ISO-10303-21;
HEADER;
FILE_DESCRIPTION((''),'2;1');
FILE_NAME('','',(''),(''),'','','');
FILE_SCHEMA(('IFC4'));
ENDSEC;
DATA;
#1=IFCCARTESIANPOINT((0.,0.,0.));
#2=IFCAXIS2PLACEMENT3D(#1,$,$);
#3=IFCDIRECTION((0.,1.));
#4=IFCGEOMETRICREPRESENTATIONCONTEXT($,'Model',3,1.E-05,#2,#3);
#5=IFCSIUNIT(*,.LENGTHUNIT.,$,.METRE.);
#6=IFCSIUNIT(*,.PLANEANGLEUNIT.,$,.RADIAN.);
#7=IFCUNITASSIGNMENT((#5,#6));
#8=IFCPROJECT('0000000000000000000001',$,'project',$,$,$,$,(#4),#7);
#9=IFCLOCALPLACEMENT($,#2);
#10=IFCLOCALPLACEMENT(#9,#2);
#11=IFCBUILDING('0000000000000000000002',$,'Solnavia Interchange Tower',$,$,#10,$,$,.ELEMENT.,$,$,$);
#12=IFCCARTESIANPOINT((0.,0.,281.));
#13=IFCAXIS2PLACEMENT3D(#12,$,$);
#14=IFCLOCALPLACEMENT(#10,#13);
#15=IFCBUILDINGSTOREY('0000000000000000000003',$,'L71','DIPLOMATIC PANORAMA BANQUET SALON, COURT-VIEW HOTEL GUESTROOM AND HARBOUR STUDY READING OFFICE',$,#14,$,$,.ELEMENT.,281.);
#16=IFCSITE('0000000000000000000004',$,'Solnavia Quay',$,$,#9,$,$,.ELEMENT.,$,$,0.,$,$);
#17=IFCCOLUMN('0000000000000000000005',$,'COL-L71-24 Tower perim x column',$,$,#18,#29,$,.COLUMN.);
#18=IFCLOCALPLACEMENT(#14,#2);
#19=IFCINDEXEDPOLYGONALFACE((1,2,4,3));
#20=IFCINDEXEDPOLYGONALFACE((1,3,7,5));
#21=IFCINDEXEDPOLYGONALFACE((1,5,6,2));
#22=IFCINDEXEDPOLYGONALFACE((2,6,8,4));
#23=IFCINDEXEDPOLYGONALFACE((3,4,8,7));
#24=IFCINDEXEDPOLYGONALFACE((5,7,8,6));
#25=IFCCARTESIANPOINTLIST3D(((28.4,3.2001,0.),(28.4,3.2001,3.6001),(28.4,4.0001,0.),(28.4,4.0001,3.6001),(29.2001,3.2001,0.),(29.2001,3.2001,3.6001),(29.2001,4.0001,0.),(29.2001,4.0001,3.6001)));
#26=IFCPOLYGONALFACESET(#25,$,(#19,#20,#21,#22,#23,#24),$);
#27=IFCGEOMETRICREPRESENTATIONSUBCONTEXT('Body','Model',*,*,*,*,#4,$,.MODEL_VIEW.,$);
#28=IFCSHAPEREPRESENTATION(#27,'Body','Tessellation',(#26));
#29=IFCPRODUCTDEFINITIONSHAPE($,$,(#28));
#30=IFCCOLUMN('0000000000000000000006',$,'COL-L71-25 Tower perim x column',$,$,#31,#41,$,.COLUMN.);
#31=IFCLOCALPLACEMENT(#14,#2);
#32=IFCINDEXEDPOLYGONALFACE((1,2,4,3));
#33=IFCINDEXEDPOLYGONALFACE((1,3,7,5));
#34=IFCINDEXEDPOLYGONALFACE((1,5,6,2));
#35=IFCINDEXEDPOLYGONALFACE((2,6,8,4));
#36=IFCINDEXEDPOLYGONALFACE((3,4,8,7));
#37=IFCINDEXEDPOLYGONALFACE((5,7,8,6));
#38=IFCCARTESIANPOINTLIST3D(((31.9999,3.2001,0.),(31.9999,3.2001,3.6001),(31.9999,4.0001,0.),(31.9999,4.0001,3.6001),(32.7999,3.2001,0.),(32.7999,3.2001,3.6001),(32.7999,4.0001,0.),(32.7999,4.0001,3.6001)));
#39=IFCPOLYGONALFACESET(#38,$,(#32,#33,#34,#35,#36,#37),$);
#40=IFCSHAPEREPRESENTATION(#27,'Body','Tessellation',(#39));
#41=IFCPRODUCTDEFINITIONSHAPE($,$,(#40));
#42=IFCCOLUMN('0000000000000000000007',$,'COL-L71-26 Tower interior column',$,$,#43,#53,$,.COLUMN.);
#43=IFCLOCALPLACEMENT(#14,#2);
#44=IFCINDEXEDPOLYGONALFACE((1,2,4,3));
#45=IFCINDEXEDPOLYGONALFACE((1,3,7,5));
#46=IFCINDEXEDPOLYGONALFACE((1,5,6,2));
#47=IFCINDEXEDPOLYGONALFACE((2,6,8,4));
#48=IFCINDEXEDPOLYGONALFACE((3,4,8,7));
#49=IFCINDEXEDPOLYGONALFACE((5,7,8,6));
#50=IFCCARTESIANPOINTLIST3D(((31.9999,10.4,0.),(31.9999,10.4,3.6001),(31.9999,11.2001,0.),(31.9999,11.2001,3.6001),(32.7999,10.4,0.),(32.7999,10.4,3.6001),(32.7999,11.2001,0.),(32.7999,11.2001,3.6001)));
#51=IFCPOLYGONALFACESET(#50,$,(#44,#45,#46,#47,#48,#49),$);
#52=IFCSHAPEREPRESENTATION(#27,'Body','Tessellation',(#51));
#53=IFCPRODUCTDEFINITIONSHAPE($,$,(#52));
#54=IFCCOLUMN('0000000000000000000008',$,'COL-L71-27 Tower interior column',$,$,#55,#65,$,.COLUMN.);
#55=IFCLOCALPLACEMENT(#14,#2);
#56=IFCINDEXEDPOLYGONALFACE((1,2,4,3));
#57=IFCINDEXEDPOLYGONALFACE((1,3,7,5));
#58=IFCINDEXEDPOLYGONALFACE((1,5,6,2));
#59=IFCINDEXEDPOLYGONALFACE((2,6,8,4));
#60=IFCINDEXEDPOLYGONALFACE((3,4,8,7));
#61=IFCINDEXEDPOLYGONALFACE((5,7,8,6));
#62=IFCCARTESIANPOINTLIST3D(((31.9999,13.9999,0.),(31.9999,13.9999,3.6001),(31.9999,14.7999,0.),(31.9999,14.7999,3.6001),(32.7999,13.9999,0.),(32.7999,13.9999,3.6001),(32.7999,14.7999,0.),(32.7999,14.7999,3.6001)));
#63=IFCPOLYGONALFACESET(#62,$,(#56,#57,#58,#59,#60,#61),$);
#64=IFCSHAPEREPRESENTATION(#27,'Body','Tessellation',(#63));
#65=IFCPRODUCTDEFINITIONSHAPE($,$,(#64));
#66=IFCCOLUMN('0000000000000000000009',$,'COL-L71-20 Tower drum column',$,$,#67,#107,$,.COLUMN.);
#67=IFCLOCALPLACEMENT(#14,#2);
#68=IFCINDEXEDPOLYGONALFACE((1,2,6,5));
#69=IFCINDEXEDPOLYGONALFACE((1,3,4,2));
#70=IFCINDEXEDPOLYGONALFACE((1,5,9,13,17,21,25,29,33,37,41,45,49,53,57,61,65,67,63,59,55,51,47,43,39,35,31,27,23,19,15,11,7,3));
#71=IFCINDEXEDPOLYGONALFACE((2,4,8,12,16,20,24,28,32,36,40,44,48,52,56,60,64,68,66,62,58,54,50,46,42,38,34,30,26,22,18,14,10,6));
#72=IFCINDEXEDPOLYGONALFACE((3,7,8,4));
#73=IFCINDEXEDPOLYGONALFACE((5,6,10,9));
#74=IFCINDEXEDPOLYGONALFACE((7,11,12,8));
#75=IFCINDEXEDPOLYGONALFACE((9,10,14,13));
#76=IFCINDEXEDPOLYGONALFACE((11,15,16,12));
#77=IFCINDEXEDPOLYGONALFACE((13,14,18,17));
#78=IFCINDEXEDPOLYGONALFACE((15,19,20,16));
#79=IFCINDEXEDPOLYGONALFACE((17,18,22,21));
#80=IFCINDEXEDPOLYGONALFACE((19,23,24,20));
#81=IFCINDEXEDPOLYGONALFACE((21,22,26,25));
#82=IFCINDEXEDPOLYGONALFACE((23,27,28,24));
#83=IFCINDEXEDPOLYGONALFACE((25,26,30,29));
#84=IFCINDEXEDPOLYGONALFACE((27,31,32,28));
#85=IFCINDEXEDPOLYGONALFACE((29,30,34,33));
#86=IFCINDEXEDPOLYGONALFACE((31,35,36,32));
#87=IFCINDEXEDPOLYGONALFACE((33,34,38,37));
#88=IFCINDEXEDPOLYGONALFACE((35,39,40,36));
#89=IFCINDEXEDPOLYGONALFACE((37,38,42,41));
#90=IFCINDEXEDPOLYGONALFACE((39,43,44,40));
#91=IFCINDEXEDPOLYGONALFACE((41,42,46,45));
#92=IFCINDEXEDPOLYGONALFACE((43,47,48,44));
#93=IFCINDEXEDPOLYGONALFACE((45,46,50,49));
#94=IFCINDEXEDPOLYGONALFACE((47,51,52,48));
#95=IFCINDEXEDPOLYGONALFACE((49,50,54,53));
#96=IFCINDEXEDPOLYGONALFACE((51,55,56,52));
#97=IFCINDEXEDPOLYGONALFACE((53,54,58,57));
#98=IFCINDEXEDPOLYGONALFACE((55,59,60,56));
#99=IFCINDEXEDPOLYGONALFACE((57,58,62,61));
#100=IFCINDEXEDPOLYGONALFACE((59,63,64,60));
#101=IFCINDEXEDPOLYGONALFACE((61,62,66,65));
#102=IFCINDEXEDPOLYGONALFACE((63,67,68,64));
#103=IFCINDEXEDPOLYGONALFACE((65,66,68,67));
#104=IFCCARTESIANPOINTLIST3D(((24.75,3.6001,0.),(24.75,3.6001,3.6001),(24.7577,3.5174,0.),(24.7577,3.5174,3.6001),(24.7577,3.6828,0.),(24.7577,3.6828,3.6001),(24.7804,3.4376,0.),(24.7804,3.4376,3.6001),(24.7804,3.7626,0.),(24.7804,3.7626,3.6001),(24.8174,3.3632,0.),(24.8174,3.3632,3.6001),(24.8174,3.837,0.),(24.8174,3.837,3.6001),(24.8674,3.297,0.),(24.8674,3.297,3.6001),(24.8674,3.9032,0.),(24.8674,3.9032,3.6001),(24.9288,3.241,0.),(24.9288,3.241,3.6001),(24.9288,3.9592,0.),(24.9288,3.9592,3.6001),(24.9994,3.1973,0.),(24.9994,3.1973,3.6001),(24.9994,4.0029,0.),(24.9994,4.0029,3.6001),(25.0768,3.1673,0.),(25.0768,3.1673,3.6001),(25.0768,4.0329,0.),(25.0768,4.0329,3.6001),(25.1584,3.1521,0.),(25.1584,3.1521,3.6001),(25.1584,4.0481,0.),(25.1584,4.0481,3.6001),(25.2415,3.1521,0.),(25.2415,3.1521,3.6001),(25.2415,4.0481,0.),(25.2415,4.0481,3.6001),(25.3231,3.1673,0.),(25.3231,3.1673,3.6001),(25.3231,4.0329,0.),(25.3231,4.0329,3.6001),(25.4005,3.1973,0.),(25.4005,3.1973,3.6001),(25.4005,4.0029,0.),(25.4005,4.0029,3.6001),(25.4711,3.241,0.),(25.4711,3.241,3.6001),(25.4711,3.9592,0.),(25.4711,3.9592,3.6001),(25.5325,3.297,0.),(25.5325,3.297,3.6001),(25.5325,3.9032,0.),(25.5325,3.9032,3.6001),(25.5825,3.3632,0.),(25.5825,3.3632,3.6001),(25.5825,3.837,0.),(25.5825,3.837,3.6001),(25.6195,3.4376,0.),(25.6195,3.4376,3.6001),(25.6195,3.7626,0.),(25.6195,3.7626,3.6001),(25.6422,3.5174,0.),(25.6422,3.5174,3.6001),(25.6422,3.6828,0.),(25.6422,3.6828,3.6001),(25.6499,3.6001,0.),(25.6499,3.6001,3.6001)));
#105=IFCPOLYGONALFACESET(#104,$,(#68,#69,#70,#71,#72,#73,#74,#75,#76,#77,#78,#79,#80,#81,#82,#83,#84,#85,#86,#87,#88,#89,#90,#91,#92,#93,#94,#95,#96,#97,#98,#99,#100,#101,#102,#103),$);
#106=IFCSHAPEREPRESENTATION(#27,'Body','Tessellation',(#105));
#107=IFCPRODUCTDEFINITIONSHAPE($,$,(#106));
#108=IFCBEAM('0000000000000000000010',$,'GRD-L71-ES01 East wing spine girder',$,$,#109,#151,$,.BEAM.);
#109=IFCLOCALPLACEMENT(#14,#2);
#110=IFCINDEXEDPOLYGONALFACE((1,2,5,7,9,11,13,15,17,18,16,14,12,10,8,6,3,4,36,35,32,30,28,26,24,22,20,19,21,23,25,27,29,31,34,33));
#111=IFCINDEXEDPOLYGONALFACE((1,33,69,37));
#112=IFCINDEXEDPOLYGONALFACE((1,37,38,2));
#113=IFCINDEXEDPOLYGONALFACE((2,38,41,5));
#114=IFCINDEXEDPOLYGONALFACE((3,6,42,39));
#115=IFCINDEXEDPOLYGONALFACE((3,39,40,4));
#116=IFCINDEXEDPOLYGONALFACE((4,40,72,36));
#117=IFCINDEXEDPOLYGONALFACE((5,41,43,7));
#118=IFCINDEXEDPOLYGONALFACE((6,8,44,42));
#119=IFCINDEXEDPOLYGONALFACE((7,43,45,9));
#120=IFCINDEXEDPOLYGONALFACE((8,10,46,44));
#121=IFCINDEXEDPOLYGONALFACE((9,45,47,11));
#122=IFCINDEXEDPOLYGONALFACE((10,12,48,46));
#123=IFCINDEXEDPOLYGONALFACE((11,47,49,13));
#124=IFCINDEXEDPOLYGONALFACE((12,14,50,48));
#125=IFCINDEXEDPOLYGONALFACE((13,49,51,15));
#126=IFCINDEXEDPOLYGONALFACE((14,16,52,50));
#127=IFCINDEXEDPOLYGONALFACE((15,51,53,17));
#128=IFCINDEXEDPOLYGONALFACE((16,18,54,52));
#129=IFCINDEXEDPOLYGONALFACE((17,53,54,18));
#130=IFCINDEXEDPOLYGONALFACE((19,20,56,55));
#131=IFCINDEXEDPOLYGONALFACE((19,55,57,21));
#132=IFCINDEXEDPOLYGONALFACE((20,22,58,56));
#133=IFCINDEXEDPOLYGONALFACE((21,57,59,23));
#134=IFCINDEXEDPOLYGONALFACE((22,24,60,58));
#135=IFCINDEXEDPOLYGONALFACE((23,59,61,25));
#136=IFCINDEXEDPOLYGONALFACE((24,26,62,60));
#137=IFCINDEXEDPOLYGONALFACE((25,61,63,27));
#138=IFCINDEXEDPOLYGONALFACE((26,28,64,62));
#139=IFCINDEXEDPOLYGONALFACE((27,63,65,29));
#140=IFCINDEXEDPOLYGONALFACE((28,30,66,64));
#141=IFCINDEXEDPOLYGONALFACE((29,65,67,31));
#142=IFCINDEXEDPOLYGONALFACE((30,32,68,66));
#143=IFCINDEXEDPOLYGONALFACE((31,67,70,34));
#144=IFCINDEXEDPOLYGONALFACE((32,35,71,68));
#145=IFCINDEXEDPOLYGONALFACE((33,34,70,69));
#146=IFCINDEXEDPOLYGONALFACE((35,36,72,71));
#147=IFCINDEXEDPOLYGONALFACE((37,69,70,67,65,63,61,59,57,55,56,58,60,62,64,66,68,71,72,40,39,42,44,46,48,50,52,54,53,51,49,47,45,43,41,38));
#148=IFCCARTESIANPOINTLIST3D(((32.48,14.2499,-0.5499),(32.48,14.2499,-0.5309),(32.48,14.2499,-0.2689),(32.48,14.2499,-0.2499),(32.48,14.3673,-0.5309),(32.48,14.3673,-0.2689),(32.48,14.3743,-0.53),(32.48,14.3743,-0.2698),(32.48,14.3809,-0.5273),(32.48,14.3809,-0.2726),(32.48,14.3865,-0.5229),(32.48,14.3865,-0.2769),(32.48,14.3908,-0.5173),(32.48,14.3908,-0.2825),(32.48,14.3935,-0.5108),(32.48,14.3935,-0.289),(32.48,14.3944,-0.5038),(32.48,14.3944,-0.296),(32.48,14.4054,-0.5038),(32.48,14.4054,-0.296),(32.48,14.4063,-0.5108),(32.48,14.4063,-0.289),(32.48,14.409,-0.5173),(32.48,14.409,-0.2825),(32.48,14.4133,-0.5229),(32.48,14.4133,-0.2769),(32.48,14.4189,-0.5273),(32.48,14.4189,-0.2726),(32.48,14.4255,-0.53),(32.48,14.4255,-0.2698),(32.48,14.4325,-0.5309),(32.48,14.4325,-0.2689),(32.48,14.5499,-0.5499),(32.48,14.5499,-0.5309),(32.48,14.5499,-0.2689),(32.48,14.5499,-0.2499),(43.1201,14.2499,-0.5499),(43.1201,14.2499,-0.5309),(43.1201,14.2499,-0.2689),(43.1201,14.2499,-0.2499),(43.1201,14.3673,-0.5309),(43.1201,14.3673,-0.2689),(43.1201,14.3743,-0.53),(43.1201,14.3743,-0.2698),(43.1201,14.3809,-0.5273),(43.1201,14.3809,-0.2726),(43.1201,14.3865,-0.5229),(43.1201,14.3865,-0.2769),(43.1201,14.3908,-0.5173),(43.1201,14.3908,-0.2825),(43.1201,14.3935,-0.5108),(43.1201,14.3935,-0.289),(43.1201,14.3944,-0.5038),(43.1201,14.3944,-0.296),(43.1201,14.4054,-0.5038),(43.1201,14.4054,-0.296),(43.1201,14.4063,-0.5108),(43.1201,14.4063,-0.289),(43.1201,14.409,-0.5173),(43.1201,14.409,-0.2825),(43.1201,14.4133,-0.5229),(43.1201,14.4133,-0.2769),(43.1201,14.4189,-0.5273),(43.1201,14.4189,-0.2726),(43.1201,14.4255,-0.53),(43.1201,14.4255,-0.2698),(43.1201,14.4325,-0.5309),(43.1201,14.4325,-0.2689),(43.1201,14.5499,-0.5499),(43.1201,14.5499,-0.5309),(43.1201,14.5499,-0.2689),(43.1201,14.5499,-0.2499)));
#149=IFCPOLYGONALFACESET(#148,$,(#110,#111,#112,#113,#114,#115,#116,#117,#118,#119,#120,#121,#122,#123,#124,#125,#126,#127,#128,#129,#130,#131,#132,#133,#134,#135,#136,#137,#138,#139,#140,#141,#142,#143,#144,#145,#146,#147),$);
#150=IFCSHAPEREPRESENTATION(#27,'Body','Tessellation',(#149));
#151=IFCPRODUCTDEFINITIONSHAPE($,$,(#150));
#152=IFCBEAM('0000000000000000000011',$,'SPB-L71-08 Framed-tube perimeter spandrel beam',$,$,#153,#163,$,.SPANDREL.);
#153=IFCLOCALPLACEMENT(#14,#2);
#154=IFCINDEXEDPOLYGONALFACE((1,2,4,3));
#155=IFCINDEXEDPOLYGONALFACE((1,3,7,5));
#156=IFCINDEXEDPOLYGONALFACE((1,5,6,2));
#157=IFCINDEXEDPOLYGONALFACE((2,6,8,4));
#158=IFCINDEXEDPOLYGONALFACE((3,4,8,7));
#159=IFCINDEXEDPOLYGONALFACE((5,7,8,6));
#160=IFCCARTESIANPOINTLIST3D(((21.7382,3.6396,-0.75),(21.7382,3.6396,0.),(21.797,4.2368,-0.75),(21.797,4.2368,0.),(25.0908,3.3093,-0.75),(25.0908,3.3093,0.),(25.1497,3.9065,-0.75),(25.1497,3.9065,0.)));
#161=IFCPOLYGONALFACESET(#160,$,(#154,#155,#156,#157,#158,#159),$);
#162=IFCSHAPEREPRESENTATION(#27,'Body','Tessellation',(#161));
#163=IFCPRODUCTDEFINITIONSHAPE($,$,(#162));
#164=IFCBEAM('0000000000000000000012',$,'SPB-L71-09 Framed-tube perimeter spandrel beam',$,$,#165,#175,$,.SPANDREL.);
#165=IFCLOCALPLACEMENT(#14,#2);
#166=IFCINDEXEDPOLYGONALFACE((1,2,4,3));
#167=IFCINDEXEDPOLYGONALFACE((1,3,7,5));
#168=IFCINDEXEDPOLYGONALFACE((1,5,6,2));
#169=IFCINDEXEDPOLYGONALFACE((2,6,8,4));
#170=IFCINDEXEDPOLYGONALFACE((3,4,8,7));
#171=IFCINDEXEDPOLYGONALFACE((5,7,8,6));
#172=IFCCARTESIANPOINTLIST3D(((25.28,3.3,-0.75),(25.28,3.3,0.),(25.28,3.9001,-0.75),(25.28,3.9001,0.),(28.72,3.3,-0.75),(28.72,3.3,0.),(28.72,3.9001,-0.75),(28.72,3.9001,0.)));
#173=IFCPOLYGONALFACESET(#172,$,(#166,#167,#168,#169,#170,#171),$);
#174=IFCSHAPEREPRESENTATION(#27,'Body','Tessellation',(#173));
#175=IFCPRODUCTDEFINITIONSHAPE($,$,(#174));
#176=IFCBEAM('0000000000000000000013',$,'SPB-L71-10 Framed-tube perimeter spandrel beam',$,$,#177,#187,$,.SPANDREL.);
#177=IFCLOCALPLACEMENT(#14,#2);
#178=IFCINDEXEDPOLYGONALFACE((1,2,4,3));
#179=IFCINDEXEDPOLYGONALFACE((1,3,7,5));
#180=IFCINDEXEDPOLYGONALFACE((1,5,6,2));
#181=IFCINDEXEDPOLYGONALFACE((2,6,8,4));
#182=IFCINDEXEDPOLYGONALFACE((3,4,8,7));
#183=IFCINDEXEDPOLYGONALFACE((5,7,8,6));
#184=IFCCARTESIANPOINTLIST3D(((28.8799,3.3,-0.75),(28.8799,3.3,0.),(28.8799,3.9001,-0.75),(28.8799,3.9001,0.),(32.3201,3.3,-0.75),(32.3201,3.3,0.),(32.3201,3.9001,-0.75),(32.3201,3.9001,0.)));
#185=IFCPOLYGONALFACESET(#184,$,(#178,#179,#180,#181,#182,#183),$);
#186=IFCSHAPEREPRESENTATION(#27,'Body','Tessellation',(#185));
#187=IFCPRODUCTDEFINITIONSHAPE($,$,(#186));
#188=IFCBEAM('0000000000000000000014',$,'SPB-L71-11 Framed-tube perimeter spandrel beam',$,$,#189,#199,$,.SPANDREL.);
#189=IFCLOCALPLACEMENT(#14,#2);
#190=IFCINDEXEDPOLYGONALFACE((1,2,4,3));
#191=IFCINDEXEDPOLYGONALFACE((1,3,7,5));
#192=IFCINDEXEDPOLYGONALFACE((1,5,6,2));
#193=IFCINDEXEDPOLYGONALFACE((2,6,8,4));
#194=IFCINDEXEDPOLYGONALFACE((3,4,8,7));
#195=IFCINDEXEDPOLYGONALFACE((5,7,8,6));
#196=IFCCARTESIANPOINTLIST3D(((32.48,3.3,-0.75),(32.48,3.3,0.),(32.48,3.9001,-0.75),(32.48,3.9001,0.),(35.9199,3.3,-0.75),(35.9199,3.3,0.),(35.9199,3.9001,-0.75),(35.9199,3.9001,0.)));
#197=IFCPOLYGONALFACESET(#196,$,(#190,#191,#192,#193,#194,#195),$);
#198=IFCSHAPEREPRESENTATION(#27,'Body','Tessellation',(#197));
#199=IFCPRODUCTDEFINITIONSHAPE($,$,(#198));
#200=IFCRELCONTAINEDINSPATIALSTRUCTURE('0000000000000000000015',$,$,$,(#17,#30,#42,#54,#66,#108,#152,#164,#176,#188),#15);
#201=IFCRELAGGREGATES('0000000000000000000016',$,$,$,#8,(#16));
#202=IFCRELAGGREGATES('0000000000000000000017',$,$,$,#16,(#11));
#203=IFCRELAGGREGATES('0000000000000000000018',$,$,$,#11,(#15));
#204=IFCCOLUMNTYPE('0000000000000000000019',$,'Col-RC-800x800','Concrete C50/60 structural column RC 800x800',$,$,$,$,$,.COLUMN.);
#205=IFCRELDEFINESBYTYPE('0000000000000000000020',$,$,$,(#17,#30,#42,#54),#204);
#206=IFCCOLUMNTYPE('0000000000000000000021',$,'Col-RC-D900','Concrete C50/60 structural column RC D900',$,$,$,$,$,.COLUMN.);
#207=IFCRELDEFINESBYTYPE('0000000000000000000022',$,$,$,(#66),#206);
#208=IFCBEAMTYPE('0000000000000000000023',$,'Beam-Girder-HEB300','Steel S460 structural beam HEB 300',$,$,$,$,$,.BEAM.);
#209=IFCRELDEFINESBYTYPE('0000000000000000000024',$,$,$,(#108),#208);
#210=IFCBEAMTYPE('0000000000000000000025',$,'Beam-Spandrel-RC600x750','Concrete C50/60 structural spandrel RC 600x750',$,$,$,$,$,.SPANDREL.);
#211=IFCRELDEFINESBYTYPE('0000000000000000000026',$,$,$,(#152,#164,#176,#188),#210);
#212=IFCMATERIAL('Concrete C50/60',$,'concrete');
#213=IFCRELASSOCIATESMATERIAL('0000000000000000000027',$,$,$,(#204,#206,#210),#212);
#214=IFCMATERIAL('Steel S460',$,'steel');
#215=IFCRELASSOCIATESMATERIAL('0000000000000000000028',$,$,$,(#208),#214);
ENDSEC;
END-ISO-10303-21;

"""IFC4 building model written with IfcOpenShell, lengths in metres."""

from ifc_helpers import new_model, si_unit, direction, frame, origin, origin_2d, place, context, subcontext, project, spatial, rectangle, circle, i_section, extrude, material, material_profile, profile_set, type_object, element, save


model = new_model("IFC4")

# Units and contexts
model_context = context("Model", 3, precision=1e-05, world=origin(), true_north=direction((0.0, 1.0)))
body_context = subcontext(model_context, "Body", "Model", "MODEL_VIEW")
ifc_project = project(units=[si_unit("LENGTHUNIT", "METRE"), si_unit("PLANEANGLEUNIT", "RADIAN")], contexts=[model_context])

# Site, building, storey
site_placement = place(None, origin())
site = spatial("IfcSite", under=ifc_project, at=site_placement, Name="Solnavia Quay", CompositionType="ELEMENT", RefElevation=0.0)
building_placement = place(site_placement, origin())
building = spatial("IfcBuilding", under=site, at=building_placement, Name="Solnavia Interchange Tower", CompositionType="ELEMENT")
storey_placement = place(building_placement, frame((0.0, 0.0, 281.0)))
storey = spatial("IfcBuildingStorey", under=building, at=storey_placement, Name="L71", Description="DIPLOMATIC PANORAMA BANQUET SALON, COURT-VIEW HOTEL GUESTROOM AND HARBOUR STUDY READING OFFICE", CompositionType="ELEMENT", Elevation=281.0)

# Columns
ifc_material_1 = material(Name="Concrete C50/60", Category="concrete")
ifc_material_profile_1 = material_profile(ifc_material_1, rectangle(XDim=0.8, YDim=0.8, at=origin_2d()), Name="RC 800x800")
ifc_profile_set_1 = profile_set([ifc_material_profile_1], Name="Concrete C50/60")
column_type_1 = type_object("IfcColumnType", Name="Col-RC-800x800", Description="Concrete C50/60 structural column RC 800x800", PredefinedType="COLUMN", material=ifc_profile_set_1)
for number, where, z_axis, x_axis, name in (
    (1, (28.8, 3.6001, 0.0), (0.0, 0.0, 1.0), (1.0, 0.0, 0.0), "COL-L71-24 Tower perim x column"),
    (2, (32.3999, 3.6001, 0.0), (0.0, 0.0, 1.0), (1.0, 0.0, 0.0), "COL-L71-25 Tower perim x column"),
    (3, (32.3999, 10.8, 0.0), (0.0, 0.0, 1.0), (1.0, 0.0, 0.0), "COL-L71-26 Tower interior column"),
    (4, (32.3999, 14.3999, 0.0), (0.0, 0.0, 1.0), (1.0, 0.0, 0.0), "COL-L71-27 Tower interior column"),
):
    element("IfcColumn", number, at=place(storey_placement, frame(where, z_axis=z_axis, x_axis=x_axis)), inside=storey, type_object=column_type_1, Name=name, PredefinedType="COLUMN", context=body_context, shape_type="SweptSolid", body=[
        extrude(rectangle(XDim=0.8, YDim=0.8, at=origin_2d()), origin(), (0.0, 0.0, 1.0), 3.6001),
    ])
ifc_material_profile_2 = material_profile(ifc_material_1, circle(Radius=0.45, at=origin_2d()), Name="RC D900")
ifc_profile_set_2 = profile_set([ifc_material_profile_2], Name="Concrete C50/60")
column_type_2 = type_object("IfcColumnType", Name="Col-RC-D900", Description="Concrete C50/60 structural column RC D900", PredefinedType="COLUMN", material=ifc_profile_set_2)
column_placement = place(storey_placement, frame((25.2, 3.6001, 0.0), z_axis=(0.0, 0.0, 1.0), x_axis=(1.0, 0.0, 0.0)))
element("IfcColumn", 5, at=column_placement, inside=storey, type_object=column_type_2, Name="COL-L71-20 Tower drum column", PredefinedType="COLUMN", context=body_context, shape_type="SweptSolid", body=[
    extrude(circle(Radius=0.45, at=origin_2d()), origin(), (0.0, 0.0, 1.0), 3.6001),
])

# Beams
ifc_material_2 = material(Name="Steel S460", Category="steel")
ifc_material_profile_3 = material_profile(ifc_material_2, i_section(OverallWidth=0.3, OverallDepth=0.3, WebThickness=0.011, FlangeThickness=0.019, FilletRadius=0.0271, at=origin_2d()), Name="HEB 300")
ifc_profile_set_3 = profile_set([ifc_material_profile_3], Name="Steel S460")
beam_type_1 = type_object("IfcBeamType", Name="Beam-Girder-HEB300", Description="Steel S460 structural beam HEB 300", PredefinedType="BEAM", material=ifc_profile_set_3)
beam_1_placement = place(storey_placement, frame((32.48, 14.3999, -0.3999), z_axis=(1.0, 0.0, 0.0), x_axis=(0.0, 1.0, 0.0)))
element("IfcBeam", 6, at=beam_1_placement, inside=storey, type_object=beam_type_1, Name="GRD-L71-ES01 East wing spine girder", PredefinedType="BEAM", context=body_context, shape_type="SweptSolid", body=[
    extrude(i_section(OverallWidth=0.3, OverallDepth=0.3, WebThickness=0.011, FlangeThickness=0.019, FilletRadius=0.0271, at=origin_2d()), origin(), (0.0, 0.0, 1.0), 10.6401),
])
ifc_material_profile_4 = material_profile(ifc_material_1, rectangle(XDim=0.6001, YDim=0.75, at=origin_2d()), Name="RC 600x750")
ifc_profile_set_4 = profile_set([ifc_material_profile_4], Name="Concrete C50/60")
beam_type_2 = type_object("IfcBeamType", Name="Beam-Spandrel-RC600x750", Description="Concrete C50/60 structural spandrel RC 600x750", PredefinedType="SPANDREL", material=ifc_profile_set_4)
beam_2_placement = place(storey_placement, frame((21.7676, 3.9382, -0.375), z_axis=(0.995182, -0.098047, 0.0), x_axis=(0.098047, 0.995182, 0.0)))
element("IfcBeam", 7, at=beam_2_placement, inside=storey, type_object=beam_type_2, Name="SPB-L71-08 Framed-tube perimeter spandrel beam", PredefinedType="SPANDREL", context=body_context, shape_type="SweptSolid", body=[
    extrude(rectangle(XDim=0.6001, YDim=0.75, at=origin_2d()), origin(), (0.0, 0.0, 1.0), 3.3689),
])
beam_3_placement = place(storey_placement, frame((25.28, 3.6001, -0.375), z_axis=(1.0, 0.0, 0.0), x_axis=(0.0, 1.0, 0.0)))
element("IfcBeam", 8, at=beam_3_placement, inside=storey, type_object=beam_type_2, Name="SPB-L71-09 Framed-tube perimeter spandrel beam", PredefinedType="SPANDREL", context=body_context, shape_type="SweptSolid", body=[
    extrude(rectangle(XDim=0.6001, YDim=0.75, at=origin_2d()), origin(), (0.0, 0.0, 1.0), 3.4399),
])
beam_4_placement = place(storey_placement, frame((28.8799, 3.6001, -0.375), z_axis=(1.0, 0.0, 0.0), x_axis=(0.0, 1.0, 0.0)))
element("IfcBeam", 9, at=beam_4_placement, inside=storey, type_object=beam_type_2, Name="SPB-L71-10 Framed-tube perimeter spandrel beam", PredefinedType="SPANDREL", context=body_context, shape_type="SweptSolid", body=[
    extrude(rectangle(XDim=0.6001, YDim=0.75, at=origin_2d()), origin(), (0.0, 0.0, 1.0), 3.4402),
])
beam_5_placement = place(storey_placement, frame((32.48, 3.6001, -0.375), z_axis=(1.0, 0.0, 0.0), x_axis=(0.0, 1.0, 0.0)))
element("IfcBeam", 10, at=beam_5_placement, inside=storey, type_object=beam_type_2, Name="SPB-L71-11 Framed-tube perimeter spandrel beam", PredefinedType="SPANDREL", context=body_context, shape_type="SweptSolid", body=[
    extrude(rectangle(XDim=0.6001, YDim=0.75, at=origin_2d()), origin(), (0.0, 0.0, 1.0), 3.4399),
])

save(model, "model.ifc")
